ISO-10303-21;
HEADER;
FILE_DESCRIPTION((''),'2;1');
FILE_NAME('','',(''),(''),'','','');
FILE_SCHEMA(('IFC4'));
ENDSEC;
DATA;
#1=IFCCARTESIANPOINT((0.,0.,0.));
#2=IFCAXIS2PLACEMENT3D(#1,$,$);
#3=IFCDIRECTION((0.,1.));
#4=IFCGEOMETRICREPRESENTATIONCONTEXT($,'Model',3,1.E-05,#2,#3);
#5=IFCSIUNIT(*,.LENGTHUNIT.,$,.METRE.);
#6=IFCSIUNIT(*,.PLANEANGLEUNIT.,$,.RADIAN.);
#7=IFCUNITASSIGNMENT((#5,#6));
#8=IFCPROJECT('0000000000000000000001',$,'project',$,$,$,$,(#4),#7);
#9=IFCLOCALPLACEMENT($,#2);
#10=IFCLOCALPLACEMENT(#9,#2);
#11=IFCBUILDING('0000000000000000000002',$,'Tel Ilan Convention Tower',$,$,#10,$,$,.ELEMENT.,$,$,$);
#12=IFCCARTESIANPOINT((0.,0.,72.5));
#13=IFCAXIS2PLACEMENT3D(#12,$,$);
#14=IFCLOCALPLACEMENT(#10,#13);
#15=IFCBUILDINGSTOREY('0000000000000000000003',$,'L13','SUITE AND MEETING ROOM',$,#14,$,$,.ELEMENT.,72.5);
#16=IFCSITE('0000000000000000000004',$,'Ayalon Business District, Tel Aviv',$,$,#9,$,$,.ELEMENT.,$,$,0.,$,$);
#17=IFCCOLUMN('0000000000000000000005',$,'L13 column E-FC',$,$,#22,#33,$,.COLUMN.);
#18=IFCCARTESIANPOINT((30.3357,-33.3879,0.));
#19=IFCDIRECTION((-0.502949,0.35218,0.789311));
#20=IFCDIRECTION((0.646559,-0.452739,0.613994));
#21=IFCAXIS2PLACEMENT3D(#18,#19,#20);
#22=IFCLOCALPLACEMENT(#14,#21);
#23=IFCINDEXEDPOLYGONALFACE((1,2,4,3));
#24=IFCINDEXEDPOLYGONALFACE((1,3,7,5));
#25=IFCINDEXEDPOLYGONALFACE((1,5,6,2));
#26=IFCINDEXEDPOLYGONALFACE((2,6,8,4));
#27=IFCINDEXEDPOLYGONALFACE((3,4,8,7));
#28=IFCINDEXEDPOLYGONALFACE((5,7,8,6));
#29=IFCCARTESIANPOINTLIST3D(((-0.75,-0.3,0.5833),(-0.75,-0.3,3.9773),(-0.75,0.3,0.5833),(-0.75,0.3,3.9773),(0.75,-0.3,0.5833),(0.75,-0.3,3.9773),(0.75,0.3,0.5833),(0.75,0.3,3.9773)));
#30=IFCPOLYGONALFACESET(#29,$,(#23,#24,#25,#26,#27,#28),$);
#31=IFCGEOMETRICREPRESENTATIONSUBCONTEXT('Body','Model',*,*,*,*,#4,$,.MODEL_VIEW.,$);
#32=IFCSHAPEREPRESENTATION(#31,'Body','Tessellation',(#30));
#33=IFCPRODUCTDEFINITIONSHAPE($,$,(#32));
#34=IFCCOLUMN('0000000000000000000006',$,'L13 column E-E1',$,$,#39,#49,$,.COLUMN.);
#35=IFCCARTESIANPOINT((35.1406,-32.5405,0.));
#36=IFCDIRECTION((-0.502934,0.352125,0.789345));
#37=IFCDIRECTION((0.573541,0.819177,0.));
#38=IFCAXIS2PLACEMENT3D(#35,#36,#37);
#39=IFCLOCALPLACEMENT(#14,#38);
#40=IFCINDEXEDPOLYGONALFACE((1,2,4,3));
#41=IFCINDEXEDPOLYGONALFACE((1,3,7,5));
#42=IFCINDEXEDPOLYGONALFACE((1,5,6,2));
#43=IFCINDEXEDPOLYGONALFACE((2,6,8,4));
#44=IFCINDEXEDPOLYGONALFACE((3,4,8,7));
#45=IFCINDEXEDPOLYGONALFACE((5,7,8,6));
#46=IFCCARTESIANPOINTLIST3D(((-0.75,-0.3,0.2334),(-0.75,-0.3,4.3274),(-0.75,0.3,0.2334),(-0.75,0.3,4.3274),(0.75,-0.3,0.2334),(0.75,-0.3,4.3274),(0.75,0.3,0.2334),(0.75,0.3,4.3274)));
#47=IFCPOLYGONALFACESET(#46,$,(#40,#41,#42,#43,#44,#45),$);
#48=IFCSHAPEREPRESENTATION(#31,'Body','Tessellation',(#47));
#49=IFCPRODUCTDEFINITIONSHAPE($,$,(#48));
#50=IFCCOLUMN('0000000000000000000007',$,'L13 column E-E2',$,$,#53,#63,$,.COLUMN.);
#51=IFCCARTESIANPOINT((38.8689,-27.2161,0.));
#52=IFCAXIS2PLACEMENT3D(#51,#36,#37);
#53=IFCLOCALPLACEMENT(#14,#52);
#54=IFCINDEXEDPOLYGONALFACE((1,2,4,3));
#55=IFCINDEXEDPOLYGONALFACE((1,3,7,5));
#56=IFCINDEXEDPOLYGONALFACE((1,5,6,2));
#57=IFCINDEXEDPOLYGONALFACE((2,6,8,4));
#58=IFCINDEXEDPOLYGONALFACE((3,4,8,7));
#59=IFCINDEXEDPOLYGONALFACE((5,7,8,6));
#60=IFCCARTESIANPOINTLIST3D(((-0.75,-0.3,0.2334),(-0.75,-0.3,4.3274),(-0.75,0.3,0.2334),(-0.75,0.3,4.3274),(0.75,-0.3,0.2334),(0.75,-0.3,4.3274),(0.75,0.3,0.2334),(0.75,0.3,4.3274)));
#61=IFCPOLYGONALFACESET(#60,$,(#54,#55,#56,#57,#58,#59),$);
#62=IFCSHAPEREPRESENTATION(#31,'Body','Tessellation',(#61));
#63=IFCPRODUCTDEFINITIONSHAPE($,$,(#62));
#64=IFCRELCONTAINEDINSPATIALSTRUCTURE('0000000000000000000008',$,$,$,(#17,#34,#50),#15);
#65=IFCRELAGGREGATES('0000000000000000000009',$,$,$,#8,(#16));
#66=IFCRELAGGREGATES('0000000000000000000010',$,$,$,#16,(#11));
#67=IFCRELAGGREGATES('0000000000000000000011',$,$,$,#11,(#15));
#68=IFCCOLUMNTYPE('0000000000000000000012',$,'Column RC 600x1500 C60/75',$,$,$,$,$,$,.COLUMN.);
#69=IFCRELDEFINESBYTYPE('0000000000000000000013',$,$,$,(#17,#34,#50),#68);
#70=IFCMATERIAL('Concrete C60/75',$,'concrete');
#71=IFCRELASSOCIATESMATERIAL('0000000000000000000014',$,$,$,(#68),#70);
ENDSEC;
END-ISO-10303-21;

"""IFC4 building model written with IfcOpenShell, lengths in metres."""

from ifc_helpers import new_model, si_unit, direction, frame, origin, origin_2d, place, context, subcontext, project, spatial, rectangle, extrude, clip, halfspace, material, material_profile, profile_set, type_object, element, save


model = new_model("IFC4")

# Units and contexts
model_context = context("Model", 3, precision=1e-05, world=origin(), true_north=direction((0.0, 1.0)))
body_context = subcontext(model_context, "Body", "Model", "MODEL_VIEW")
ifc_project = project(units=[si_unit("LENGTHUNIT", "METRE"), si_unit("PLANEANGLEUNIT", "RADIAN")], contexts=[model_context])

# Site, building, storey
site_placement = place(None, origin())
site = spatial("IfcSite", under=ifc_project, at=site_placement, Name="Ayalon Business District, Tel Aviv", CompositionType="ELEMENT", RefElevation=0.0)
building_placement = place(site_placement, origin())
building = spatial("IfcBuilding", under=site, at=building_placement, Name="Tel Ilan Convention Tower", CompositionType="ELEMENT")
storey_placement = place(building_placement, frame((0.0, 0.0, 72.5)))
storey = spatial("IfcBuildingStorey", under=building, at=storey_placement, Name="L13", Description="SUITE AND MEETING ROOM", CompositionType="ELEMENT", Elevation=72.5)

# Columns
ifc_material_1 = material(Name="Concrete C60/75", Category="concrete")
ifc_material_profile_1 = material_profile(ifc_material_1, rectangle(XDim=1.5, YDim=0.6001, at=origin_2d()), Name="RC 600x1500")
ifc_profile_set_1 = profile_set([ifc_material_profile_1], Name="Concrete C60/75")
column_type = type_object("IfcColumnType", Name="Column RC 600x1500 C60/75", PredefinedType="COLUMN", material=ifc_profile_set_1)
column_placement = place(storey_placement, frame((30.3357, -33.3879, 0.0), z_axis=(-0.502949, 0.35218, 0.789311), x_axis=(0.646559, -0.452739, 0.613994)))
element("IfcColumn", 1, at=column_placement, inside=storey, type_object=column_type, Name="L13 column E-FC", PredefinedType="COLUMN", context=body_context, shape_type="Clipping", body=[
    clip(clip(extrude(rectangle(XDim=1.5, YDim=0.6001, at=origin_2d()), origin(), (0.0, 0.0, 1.0), 4.5605), halfspace(frame((0.0, 0.0, 0.5833), z_axis=(0.0, 0.0, 1.0), x_axis=(1.0, 0.0, 0.0)), True)), halfspace(frame((0.0, 0.0, 3.9773), z_axis=(0.0, 0.0, 1.0), x_axis=(1.0, 0.0, 0.0)), False)),
])
for number, where, z_axis, x_axis, name in (
    (2, (35.1406, -32.5405, 0.0), (-0.502934, 0.352125, 0.789345), (0.573541, 0.819177, 0.0), "L13 column E-E1"),
    (3, (38.8689, -27.2161, 0.0), (-0.502934, 0.352125, 0.789345), (0.573541, 0.819177, 0.0), "L13 column E-E2"),
):
    element("IfcColumn", number, at=place(storey_placement, frame(where, z_axis=z_axis, x_axis=x_axis)), inside=storey, type_object=column_type, Name=name, PredefinedType="COLUMN", context=body_context, shape_type="Clipping", body=[
        clip(clip(extrude(rectangle(XDim=1.5, YDim=0.6001, at=origin_2d()), origin(), (0.0, 0.0, 1.0), 4.5608), halfspace(frame((0.0, 0.0, 0.2334), z_axis=(0.0, 0.0, 1.0), x_axis=(1.0, 0.0, 0.0)), True)), halfspace(frame((0.0, 0.0, 4.3274), z_axis=(0.0, 0.0, 1.0), x_axis=(1.0, 0.0, 0.0)), False)),
    ])

save(model, "model.ifc")
